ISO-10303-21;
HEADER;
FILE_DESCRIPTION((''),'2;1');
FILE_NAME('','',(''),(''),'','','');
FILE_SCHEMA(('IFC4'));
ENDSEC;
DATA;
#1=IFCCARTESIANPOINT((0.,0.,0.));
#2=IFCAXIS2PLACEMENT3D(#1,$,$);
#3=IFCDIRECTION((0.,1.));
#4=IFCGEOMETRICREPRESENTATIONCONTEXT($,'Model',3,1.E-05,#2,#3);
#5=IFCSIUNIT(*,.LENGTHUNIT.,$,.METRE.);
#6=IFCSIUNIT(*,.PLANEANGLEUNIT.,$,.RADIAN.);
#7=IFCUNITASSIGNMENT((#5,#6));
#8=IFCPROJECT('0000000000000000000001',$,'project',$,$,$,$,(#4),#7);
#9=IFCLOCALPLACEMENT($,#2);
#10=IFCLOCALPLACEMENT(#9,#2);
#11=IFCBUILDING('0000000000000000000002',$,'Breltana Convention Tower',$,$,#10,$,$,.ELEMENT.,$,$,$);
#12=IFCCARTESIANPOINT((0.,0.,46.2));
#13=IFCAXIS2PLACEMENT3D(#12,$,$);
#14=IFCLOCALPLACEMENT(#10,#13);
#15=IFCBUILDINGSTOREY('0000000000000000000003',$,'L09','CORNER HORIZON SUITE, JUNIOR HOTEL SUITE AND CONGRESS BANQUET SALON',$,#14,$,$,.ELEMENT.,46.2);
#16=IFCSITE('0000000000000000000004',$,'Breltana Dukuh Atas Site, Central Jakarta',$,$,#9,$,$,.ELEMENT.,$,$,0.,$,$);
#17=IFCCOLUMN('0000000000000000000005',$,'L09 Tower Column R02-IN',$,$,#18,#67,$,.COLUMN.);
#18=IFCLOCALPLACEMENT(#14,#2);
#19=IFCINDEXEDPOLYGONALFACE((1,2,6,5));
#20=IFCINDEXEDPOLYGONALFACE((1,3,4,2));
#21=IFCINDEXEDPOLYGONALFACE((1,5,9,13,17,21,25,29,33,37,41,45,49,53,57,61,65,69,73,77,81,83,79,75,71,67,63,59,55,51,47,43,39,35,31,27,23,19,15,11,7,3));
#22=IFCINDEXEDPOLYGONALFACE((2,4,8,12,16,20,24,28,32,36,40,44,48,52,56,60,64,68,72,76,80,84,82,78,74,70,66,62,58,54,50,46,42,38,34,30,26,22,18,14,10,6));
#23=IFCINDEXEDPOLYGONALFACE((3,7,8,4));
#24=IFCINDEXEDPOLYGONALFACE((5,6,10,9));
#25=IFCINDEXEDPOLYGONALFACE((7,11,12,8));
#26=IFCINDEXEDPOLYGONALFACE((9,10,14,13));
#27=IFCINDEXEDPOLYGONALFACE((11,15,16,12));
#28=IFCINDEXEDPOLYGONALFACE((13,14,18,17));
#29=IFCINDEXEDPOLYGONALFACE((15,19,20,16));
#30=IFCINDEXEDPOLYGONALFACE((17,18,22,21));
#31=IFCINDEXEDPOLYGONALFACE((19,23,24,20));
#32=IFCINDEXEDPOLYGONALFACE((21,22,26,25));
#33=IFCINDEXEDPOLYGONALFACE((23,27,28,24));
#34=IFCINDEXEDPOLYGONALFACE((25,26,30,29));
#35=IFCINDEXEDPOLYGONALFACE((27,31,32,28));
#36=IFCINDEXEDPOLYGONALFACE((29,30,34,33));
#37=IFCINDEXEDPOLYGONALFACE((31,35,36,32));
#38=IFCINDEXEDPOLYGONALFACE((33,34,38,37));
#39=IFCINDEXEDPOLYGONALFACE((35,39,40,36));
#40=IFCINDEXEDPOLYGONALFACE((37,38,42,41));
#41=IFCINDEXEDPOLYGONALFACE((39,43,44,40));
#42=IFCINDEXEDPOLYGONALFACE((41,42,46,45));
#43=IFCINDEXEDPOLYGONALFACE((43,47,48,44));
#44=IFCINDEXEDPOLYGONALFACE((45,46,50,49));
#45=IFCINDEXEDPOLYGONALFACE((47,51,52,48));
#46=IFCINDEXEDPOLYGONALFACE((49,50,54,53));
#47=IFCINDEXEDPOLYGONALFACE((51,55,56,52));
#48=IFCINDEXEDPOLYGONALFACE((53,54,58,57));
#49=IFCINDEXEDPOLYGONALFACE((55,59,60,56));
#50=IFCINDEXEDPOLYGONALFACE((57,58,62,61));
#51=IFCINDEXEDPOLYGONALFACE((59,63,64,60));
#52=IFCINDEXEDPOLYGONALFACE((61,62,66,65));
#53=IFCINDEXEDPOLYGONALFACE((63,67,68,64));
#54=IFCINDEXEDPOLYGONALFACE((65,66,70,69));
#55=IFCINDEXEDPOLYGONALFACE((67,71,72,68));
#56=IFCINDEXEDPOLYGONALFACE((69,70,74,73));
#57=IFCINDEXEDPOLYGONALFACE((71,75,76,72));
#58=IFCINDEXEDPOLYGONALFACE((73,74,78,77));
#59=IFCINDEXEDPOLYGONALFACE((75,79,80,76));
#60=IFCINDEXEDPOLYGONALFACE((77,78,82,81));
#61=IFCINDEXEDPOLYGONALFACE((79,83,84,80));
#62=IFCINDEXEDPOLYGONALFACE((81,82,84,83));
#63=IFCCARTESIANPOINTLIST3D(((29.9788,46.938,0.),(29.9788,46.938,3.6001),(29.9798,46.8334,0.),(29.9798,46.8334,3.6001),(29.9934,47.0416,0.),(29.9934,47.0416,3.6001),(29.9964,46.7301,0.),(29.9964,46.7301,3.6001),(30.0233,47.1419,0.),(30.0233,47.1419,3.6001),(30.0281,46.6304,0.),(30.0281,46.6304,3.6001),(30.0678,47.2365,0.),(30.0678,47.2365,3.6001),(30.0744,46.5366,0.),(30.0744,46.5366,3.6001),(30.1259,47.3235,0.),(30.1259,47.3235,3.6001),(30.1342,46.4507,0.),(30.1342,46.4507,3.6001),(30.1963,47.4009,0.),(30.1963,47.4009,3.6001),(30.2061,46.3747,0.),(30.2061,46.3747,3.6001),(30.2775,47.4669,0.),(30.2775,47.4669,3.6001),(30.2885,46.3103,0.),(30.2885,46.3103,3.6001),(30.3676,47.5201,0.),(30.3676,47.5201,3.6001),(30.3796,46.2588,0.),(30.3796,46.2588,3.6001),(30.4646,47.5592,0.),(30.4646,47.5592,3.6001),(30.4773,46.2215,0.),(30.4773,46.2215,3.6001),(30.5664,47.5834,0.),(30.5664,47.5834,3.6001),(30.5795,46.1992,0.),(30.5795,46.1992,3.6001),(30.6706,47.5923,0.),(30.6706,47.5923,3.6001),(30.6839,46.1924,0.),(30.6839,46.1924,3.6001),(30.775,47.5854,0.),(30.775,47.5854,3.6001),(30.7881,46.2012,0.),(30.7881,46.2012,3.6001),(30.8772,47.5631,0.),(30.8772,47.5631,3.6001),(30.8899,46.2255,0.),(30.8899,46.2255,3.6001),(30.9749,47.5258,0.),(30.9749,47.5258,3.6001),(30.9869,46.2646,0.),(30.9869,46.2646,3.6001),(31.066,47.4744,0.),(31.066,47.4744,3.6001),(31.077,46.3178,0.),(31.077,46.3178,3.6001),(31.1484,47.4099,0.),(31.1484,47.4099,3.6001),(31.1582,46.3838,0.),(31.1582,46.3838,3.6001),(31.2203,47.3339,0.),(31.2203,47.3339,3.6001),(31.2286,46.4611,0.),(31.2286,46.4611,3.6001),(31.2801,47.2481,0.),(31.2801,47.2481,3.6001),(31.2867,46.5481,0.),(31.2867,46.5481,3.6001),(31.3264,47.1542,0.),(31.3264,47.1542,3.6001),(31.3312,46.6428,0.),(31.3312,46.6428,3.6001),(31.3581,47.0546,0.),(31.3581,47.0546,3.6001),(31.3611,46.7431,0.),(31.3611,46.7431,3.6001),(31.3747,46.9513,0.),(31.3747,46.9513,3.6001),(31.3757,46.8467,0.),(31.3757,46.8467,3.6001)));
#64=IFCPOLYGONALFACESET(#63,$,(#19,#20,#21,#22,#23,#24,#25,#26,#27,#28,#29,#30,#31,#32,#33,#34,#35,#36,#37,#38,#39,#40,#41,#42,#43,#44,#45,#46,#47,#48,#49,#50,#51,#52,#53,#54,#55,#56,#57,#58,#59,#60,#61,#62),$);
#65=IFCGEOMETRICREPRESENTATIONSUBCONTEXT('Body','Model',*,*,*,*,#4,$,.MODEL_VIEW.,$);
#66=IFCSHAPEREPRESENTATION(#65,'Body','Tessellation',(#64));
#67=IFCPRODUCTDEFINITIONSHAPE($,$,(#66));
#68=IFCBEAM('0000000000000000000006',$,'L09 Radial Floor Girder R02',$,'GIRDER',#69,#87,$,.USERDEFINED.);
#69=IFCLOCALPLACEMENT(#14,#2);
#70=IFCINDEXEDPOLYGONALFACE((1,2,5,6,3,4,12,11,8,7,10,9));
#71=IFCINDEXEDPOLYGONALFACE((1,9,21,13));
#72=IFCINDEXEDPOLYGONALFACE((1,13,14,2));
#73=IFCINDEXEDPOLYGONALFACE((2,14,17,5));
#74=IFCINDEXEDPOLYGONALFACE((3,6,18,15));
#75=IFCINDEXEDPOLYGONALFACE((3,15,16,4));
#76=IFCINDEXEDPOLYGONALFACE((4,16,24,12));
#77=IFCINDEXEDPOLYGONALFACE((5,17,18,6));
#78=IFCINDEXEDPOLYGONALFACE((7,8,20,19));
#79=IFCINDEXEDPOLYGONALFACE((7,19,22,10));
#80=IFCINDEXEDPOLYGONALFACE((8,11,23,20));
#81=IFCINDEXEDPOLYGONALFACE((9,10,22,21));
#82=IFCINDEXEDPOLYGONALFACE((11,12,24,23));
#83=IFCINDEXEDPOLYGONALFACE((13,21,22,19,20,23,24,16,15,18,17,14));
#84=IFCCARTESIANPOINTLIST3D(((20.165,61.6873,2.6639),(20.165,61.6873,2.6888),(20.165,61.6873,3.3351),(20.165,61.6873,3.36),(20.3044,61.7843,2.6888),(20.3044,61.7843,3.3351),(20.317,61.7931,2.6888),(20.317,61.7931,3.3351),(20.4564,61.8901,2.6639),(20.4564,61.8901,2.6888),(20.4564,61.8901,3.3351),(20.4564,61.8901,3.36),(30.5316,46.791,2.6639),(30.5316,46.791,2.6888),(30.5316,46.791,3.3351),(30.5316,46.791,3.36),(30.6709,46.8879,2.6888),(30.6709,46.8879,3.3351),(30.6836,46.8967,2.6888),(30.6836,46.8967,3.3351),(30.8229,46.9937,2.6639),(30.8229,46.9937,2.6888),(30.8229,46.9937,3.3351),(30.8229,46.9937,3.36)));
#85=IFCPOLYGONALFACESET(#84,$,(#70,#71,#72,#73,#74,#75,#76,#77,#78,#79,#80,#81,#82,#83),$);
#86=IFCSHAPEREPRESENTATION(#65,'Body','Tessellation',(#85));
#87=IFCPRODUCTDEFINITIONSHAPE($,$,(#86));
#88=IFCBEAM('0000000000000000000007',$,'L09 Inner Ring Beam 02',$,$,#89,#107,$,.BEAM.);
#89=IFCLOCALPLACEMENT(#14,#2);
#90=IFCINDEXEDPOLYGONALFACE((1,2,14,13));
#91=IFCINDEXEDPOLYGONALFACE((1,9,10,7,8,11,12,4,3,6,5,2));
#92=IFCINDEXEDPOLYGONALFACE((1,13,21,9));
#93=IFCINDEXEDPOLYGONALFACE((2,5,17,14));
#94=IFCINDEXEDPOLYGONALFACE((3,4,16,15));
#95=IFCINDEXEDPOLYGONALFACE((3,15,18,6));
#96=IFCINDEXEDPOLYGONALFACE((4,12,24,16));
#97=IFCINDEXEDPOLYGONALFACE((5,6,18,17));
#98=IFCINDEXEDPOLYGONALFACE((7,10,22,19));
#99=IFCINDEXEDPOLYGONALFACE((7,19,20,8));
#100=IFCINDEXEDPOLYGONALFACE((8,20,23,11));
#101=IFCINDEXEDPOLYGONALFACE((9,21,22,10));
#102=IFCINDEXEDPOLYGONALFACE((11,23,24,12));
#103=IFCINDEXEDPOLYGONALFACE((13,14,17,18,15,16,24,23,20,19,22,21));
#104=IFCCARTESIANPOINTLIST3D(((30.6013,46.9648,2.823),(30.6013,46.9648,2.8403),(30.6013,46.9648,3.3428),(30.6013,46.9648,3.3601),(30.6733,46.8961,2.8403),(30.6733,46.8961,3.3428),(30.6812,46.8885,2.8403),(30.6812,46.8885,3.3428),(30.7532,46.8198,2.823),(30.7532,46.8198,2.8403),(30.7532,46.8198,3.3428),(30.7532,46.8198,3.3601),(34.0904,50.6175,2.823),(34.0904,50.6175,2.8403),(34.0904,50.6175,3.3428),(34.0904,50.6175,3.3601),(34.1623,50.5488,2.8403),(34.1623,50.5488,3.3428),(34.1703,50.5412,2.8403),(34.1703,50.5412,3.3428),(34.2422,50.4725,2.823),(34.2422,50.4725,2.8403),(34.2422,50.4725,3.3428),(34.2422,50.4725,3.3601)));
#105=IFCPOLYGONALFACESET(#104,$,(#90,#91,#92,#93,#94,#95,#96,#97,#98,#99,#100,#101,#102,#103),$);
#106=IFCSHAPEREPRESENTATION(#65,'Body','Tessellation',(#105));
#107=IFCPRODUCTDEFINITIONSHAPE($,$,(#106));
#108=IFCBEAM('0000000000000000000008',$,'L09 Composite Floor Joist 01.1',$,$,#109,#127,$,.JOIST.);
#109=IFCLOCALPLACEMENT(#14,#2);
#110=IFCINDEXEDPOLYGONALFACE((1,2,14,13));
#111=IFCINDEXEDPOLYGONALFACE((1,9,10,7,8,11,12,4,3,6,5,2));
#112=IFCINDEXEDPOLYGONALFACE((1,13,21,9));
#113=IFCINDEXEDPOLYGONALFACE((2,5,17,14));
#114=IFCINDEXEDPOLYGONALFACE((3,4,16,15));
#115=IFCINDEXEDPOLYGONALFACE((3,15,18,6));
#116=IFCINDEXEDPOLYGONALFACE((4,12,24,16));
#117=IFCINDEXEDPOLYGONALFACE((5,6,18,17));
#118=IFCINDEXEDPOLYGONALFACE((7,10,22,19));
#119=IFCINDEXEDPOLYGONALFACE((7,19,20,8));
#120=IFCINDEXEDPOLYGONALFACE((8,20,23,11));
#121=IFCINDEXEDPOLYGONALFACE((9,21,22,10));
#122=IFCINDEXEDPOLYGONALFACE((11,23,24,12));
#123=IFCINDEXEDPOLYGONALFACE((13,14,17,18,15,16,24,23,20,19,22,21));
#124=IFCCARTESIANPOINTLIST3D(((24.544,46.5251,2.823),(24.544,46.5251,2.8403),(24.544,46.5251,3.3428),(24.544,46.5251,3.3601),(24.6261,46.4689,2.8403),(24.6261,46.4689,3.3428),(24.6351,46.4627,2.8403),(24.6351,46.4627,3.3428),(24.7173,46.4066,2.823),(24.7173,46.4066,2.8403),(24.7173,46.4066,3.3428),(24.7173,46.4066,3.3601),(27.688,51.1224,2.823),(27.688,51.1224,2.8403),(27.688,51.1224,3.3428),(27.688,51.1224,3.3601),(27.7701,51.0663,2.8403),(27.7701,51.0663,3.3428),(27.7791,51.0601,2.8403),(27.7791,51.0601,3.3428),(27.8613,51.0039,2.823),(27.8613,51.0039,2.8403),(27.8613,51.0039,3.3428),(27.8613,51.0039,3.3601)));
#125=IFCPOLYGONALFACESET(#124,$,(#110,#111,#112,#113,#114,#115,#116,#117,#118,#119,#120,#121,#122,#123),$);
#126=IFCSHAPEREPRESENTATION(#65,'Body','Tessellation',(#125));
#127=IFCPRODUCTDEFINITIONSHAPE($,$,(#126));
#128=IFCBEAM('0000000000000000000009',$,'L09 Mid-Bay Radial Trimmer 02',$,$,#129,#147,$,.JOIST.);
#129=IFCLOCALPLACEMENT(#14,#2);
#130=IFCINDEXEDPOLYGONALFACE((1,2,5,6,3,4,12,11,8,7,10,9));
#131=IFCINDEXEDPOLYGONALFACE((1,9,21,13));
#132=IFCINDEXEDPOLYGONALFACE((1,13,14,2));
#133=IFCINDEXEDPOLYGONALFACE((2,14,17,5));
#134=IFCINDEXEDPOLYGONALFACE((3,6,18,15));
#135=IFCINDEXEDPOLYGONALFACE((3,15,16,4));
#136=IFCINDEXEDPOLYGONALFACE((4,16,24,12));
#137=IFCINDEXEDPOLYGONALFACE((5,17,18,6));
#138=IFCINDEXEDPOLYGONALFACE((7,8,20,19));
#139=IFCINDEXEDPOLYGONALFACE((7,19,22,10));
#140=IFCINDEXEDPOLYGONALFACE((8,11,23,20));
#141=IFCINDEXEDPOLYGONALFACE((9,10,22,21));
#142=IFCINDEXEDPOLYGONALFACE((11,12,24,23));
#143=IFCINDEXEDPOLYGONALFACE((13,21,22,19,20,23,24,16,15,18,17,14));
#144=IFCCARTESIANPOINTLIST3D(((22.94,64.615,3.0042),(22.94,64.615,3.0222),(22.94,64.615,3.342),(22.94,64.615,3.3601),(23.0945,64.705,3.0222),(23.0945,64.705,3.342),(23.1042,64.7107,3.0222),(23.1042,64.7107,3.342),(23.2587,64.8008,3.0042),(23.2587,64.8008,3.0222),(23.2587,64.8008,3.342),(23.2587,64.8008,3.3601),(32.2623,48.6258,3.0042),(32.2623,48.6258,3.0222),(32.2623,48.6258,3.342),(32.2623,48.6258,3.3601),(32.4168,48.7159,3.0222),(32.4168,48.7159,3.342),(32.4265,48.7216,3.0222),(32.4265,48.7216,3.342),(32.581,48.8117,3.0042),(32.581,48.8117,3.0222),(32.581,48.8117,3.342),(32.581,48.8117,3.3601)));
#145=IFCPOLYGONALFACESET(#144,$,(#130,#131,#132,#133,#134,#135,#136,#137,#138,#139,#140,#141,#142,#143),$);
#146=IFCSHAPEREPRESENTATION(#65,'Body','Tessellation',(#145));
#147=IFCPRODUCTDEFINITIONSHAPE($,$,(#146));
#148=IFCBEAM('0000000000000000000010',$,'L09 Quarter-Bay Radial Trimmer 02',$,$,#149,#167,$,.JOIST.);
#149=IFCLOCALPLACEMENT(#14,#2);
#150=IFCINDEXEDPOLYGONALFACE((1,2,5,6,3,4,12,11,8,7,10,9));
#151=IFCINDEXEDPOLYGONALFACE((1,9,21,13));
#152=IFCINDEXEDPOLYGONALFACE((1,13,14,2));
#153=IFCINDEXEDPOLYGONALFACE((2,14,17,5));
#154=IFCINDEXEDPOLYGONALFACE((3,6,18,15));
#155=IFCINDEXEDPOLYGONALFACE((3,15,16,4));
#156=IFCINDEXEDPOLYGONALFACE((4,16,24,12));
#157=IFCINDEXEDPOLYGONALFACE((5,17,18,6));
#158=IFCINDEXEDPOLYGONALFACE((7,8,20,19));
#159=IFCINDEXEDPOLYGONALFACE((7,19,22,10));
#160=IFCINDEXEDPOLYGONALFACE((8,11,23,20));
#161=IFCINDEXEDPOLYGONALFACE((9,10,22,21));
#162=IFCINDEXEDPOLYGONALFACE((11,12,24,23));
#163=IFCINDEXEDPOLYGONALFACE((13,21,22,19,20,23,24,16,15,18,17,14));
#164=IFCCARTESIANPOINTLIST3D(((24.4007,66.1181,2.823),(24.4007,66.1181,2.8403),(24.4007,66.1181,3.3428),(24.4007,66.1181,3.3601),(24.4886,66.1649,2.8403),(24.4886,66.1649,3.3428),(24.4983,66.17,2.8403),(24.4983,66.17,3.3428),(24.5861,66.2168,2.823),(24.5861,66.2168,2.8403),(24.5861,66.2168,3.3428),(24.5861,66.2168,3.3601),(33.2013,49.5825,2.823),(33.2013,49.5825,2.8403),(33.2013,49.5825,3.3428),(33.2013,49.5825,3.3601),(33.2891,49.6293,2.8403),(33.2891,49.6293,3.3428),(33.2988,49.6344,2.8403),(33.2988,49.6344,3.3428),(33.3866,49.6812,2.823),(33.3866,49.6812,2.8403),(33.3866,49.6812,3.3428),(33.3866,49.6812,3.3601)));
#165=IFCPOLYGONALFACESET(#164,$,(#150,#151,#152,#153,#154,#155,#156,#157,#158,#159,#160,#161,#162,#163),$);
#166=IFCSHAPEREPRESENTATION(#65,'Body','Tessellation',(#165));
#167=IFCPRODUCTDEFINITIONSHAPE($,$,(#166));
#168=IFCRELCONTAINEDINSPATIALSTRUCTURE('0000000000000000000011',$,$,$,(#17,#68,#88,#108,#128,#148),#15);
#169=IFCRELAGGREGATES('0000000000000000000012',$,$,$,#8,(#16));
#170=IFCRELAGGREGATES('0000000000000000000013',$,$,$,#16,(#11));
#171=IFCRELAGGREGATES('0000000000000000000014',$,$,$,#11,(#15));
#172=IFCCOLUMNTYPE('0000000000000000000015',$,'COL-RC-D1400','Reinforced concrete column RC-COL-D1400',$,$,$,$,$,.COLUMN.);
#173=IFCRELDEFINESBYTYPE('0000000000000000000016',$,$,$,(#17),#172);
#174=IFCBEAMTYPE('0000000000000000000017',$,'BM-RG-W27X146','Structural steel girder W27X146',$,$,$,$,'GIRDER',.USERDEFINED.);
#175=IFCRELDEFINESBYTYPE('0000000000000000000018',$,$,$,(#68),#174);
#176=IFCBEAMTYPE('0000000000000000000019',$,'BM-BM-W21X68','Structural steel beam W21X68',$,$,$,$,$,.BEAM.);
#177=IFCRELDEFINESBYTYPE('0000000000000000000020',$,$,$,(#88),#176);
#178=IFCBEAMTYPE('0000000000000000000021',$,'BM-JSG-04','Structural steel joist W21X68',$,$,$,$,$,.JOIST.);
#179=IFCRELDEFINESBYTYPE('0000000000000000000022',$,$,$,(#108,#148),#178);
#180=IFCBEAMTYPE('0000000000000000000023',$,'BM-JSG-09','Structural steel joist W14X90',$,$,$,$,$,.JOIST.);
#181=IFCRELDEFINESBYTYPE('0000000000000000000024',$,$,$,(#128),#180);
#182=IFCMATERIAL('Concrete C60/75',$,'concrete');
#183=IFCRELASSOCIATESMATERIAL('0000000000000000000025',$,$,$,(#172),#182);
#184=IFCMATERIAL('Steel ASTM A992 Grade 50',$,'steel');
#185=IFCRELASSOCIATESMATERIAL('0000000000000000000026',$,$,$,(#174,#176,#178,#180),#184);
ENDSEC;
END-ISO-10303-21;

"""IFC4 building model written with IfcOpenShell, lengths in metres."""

from ifc_helpers import new_model, si_unit, direction, frame, origin, origin_2d, place, context, subcontext, project, spatial, circle, i_section, extrude, source, transform, mapped, material, material_profile, profile_set, type_object, type_shapes, element, save


model = new_model("IFC4")

# Units and contexts
model_context = context("Model", 3, precision=1e-05, world=origin(), true_north=direction((0.0, 1.0)))
body_context = subcontext(model_context, "Body", "Model", "MODEL_VIEW")
ifc_project = project(units=[si_unit("LENGTHUNIT", "METRE"), si_unit("PLANEANGLEUNIT", "RADIAN")], contexts=[model_context])

# Site, building, storey
site_placement = place(None, origin())
site = spatial("IfcSite", under=ifc_project, at=site_placement, Name="Breltana Dukuh Atas Site, Central Jakarta", CompositionType="ELEMENT", RefElevation=0.0)
building_placement = place(site_placement, origin())
building = spatial("IfcBuilding", under=site, at=building_placement, Name="Breltana Convention Tower", CompositionType="ELEMENT")
storey_placement = place(building_placement, frame((0.0, 0.0, 46.2)))
storey = spatial("IfcBuildingStorey", under=building, at=storey_placement, Name="L09", Description="CORNER HORIZON SUITE, JUNIOR HOTEL SUITE AND CONGRESS BANQUET SALON", CompositionType="ELEMENT", Elevation=46.2)

# Column
ifc_material_1 = material(Name="Concrete C60/75", Category="concrete")
ifc_material_profile_1 = material_profile(ifc_material_1, circle(Radius=0.7, at=origin_2d()), Name="RC-COL-D1400")
ifc_profile_set_1 = profile_set([ifc_material_profile_1], Name="Concrete C60/75")
column_type = type_object("IfcColumnType", Name="COL-RC-D1400", Description="Reinforced concrete column RC-COL-D1400", PredefinedType="COLUMN", material=ifc_profile_set_1)
shared_shape_1 = source(origin(), body_context, "Body", "SweptSolid", [
    extrude(circle(Radius=0.7, at=origin_2d()), origin(), (0.0, 0.0, 1.0), 3.6001),
])
column_placement = place(storey_placement, frame((30.6772, 46.8923, 0.0), z_axis=(0.0, 0.0, 1.0), x_axis=(-0.571143, 0.82085, 0.0)))
element("IfcColumn", 1, at=column_placement, inside=storey, type_object=column_type, Name="L09 Tower Column R02-IN", PredefinedType="COLUMN", context=body_context, shape_type="MappedRepresentation", body=[
    mapped(shared_shape_1, transform((0.0, 0.0, 0.0), scale=1.0)),
])

# Beams
ifc_material_2 = material(Name="Steel ASTM A992 Grade 50", Category="steel")
ifc_material_profile_2 = material_profile(ifc_material_2, i_section(OverallWidth=0.355, OverallDepth=0.696, WebThickness=0.0154, FlangeThickness=0.0249, at=origin_2d()), Name="W27X146")
ifc_profile_set_2 = profile_set([ifc_material_profile_2], Name="Steel ASTM A992 Grade 50")
beam_type_1 = type_object("IfcBeamType", Name="BM-RG-W27X146", Description="Structural steel girder W27X146", ElementType="GIRDER", PredefinedType="USERDEFINED", material=ifc_profile_set_2)
shared_shape_2 = source(origin(), body_context, "Body", "SweptSolid", [
    extrude(i_section(OverallWidth=0.355, OverallDepth=0.696, WebThickness=0.0154, FlangeThickness=0.0249, at=origin_2d()), origin(), (0.0, 0.0, 1.0), 18.1484),
])
beam_1_placement = place(storey_placement, frame((30.6772, 46.8923, 3.012), z_axis=(-0.571208, 0.820806, 0.0), x_axis=(-0.820806, -0.571208, 0.0)))
element("IfcBeam", 2, at=beam_1_placement, inside=storey, type_object=beam_type_1, Name="L09 Radial Floor Girder R02", ObjectType="GIRDER", PredefinedType="USERDEFINED", context=body_context, shape_type="MappedRepresentation", body=[
    mapped(shared_shape_2, transform((0.0, 0.0, 0.0), scale=1.0)),
])
ifc_material_profile_3 = material_profile(ifc_material_2, i_section(OverallWidth=0.21, OverallDepth=0.5371, WebThickness=0.011, FlangeThickness=0.0173, at=origin_2d()), Name="W21X68")
ifc_profile_set_3 = profile_set([ifc_material_profile_3], Name="Steel ASTM A992 Grade 50")
beam_type_2 = type_object("IfcBeamType", Name="BM-BM-W21X68", Description="Structural steel beam W21X68", PredefinedType="BEAM", material=ifc_profile_set_3)
shared_shape_3 = source(origin(), body_context, "Body", "SweptSolid", [
    extrude(i_section(OverallWidth=0.21, OverallDepth=0.5371, WebThickness=0.011, FlangeThickness=0.0173, at=origin_2d()), origin(), (0.0, 0.0, 1.0), 5.0513),
])
beam_2_placement = place(storey_placement, frame((30.6772, 46.8923, 3.0916), z_axis=(0.69073, 0.723113, 0.0), x_axis=(-0.723113, 0.69073, 0.0)))
element("IfcBeam", 3, at=beam_2_placement, inside=storey, type_object=beam_type_2, Name="L09 Inner Ring Beam 02", PredefinedType="BEAM", context=body_context, shape_type="MappedRepresentation", body=[
    mapped(shared_shape_3, transform((0.0, 0.0, 0.0), scale=1.0)),
])
ifc_material_profile_4 = material_profile(ifc_material_2, i_section(OverallWidth=0.21, OverallDepth=0.5371, WebThickness=0.011, FlangeThickness=0.0173, at=origin_2d()), Name="W21X68")
ifc_profile_set_4 = profile_set([ifc_material_profile_4], Name="Steel ASTM A992 Grade 50")
beam_type_3 = type_object("IfcBeamType", Name="BM-JSG-04", Description="Structural steel joist W21X68", PredefinedType="JOIST", material=ifc_profile_set_4)
shared_shape_4 = source(origin(), body_context, "Body", "SweptSolid", [
    extrude(i_section(OverallWidth=0.21, OverallDepth=0.5371, WebThickness=0.011, FlangeThickness=0.0173, at=origin_2d()), origin(), (0.0, 0.0, 1.0), 5.5696),
])
type_shapes(beam_type_3, [shared_shape_4])
beam_3_placement = place(storey_placement, frame((24.6306, 46.4658, 3.0916), z_axis=(0.564494, 0.825437, 0.0), x_axis=(-0.825437, 0.564494, 0.0)))
element("IfcBeam", 4, at=beam_3_placement, inside=storey, type_object=beam_type_3, Name="L09 Composite Floor Joist 01.1", PredefinedType="JOIST", context=body_context, shape_type="MappedRepresentation", body=[
    mapped(shared_shape_4, transform((0.0, 0.0, 0.0), scale=1.0)),
])
ifc_material_profile_5 = material_profile(ifc_material_2, i_section(OverallWidth=0.3689, OverallDepth=0.356, WebThickness=0.0112, FlangeThickness=0.0181, at=origin_2d()), Name="W14X90")
ifc_profile_set_5 = profile_set([ifc_material_profile_5], Name="Steel ASTM A992 Grade 50")
beam_type_4 = type_object("IfcBeamType", Name="BM-JSG-09", Description="Structural steel joist W14X90", PredefinedType="JOIST", material=ifc_profile_set_5)
shared_shape_5 = source(origin(), body_context, "Body", "SweptSolid", [
    extrude(i_section(OverallWidth=0.3689, OverallDepth=0.356, WebThickness=0.0112, FlangeThickness=0.0181, at=origin_2d()), origin(), (0.0, 0.0, 1.0), 18.5083),
])
beam_4_placement = place(storey_placement, frame((32.4216, 48.7188, 3.1821), z_axis=(-0.503683, 0.863888, 0.0), x_axis=(-0.863888, -0.503683, 0.0)))
element("IfcBeam", 5, at=beam_4_placement, inside=storey, type_object=beam_type_4, Name="L09 Mid-Bay Radial Trimmer 02", PredefinedType="JOIST", context=body_context, shape_type="MappedRepresentation", body=[
    mapped(shared_shape_5, transform((0.0, 0.0, 0.0), scale=1.0)),
])
shared_shape_6 = source(origin(), body_context, "Body", "SweptSolid", [
    extrude(i_section(OverallWidth=0.21, OverallDepth=0.5371, WebThickness=0.011, FlangeThickness=0.0173, at=origin_2d()), origin(), (0.0, 0.0, 1.0), 18.7317),
])
beam_5_placement = place(storey_placement, frame((33.2939, 49.6318, 3.0916), z_axis=(-0.46982, 0.882762, 0.0), x_axis=(-0.882762, -0.46982, 0.0)))
element("IfcBeam", 6, at=beam_5_placement, inside=storey, type_object=beam_type_3, Name="L09 Quarter-Bay Radial Trimmer 02", PredefinedType="JOIST", context=body_context, shape_type="MappedRepresentation", body=[
    mapped(shared_shape_6, transform((0.0, 0.0, 0.0), scale=1.0)),
])

save(model, "model.ifc")
